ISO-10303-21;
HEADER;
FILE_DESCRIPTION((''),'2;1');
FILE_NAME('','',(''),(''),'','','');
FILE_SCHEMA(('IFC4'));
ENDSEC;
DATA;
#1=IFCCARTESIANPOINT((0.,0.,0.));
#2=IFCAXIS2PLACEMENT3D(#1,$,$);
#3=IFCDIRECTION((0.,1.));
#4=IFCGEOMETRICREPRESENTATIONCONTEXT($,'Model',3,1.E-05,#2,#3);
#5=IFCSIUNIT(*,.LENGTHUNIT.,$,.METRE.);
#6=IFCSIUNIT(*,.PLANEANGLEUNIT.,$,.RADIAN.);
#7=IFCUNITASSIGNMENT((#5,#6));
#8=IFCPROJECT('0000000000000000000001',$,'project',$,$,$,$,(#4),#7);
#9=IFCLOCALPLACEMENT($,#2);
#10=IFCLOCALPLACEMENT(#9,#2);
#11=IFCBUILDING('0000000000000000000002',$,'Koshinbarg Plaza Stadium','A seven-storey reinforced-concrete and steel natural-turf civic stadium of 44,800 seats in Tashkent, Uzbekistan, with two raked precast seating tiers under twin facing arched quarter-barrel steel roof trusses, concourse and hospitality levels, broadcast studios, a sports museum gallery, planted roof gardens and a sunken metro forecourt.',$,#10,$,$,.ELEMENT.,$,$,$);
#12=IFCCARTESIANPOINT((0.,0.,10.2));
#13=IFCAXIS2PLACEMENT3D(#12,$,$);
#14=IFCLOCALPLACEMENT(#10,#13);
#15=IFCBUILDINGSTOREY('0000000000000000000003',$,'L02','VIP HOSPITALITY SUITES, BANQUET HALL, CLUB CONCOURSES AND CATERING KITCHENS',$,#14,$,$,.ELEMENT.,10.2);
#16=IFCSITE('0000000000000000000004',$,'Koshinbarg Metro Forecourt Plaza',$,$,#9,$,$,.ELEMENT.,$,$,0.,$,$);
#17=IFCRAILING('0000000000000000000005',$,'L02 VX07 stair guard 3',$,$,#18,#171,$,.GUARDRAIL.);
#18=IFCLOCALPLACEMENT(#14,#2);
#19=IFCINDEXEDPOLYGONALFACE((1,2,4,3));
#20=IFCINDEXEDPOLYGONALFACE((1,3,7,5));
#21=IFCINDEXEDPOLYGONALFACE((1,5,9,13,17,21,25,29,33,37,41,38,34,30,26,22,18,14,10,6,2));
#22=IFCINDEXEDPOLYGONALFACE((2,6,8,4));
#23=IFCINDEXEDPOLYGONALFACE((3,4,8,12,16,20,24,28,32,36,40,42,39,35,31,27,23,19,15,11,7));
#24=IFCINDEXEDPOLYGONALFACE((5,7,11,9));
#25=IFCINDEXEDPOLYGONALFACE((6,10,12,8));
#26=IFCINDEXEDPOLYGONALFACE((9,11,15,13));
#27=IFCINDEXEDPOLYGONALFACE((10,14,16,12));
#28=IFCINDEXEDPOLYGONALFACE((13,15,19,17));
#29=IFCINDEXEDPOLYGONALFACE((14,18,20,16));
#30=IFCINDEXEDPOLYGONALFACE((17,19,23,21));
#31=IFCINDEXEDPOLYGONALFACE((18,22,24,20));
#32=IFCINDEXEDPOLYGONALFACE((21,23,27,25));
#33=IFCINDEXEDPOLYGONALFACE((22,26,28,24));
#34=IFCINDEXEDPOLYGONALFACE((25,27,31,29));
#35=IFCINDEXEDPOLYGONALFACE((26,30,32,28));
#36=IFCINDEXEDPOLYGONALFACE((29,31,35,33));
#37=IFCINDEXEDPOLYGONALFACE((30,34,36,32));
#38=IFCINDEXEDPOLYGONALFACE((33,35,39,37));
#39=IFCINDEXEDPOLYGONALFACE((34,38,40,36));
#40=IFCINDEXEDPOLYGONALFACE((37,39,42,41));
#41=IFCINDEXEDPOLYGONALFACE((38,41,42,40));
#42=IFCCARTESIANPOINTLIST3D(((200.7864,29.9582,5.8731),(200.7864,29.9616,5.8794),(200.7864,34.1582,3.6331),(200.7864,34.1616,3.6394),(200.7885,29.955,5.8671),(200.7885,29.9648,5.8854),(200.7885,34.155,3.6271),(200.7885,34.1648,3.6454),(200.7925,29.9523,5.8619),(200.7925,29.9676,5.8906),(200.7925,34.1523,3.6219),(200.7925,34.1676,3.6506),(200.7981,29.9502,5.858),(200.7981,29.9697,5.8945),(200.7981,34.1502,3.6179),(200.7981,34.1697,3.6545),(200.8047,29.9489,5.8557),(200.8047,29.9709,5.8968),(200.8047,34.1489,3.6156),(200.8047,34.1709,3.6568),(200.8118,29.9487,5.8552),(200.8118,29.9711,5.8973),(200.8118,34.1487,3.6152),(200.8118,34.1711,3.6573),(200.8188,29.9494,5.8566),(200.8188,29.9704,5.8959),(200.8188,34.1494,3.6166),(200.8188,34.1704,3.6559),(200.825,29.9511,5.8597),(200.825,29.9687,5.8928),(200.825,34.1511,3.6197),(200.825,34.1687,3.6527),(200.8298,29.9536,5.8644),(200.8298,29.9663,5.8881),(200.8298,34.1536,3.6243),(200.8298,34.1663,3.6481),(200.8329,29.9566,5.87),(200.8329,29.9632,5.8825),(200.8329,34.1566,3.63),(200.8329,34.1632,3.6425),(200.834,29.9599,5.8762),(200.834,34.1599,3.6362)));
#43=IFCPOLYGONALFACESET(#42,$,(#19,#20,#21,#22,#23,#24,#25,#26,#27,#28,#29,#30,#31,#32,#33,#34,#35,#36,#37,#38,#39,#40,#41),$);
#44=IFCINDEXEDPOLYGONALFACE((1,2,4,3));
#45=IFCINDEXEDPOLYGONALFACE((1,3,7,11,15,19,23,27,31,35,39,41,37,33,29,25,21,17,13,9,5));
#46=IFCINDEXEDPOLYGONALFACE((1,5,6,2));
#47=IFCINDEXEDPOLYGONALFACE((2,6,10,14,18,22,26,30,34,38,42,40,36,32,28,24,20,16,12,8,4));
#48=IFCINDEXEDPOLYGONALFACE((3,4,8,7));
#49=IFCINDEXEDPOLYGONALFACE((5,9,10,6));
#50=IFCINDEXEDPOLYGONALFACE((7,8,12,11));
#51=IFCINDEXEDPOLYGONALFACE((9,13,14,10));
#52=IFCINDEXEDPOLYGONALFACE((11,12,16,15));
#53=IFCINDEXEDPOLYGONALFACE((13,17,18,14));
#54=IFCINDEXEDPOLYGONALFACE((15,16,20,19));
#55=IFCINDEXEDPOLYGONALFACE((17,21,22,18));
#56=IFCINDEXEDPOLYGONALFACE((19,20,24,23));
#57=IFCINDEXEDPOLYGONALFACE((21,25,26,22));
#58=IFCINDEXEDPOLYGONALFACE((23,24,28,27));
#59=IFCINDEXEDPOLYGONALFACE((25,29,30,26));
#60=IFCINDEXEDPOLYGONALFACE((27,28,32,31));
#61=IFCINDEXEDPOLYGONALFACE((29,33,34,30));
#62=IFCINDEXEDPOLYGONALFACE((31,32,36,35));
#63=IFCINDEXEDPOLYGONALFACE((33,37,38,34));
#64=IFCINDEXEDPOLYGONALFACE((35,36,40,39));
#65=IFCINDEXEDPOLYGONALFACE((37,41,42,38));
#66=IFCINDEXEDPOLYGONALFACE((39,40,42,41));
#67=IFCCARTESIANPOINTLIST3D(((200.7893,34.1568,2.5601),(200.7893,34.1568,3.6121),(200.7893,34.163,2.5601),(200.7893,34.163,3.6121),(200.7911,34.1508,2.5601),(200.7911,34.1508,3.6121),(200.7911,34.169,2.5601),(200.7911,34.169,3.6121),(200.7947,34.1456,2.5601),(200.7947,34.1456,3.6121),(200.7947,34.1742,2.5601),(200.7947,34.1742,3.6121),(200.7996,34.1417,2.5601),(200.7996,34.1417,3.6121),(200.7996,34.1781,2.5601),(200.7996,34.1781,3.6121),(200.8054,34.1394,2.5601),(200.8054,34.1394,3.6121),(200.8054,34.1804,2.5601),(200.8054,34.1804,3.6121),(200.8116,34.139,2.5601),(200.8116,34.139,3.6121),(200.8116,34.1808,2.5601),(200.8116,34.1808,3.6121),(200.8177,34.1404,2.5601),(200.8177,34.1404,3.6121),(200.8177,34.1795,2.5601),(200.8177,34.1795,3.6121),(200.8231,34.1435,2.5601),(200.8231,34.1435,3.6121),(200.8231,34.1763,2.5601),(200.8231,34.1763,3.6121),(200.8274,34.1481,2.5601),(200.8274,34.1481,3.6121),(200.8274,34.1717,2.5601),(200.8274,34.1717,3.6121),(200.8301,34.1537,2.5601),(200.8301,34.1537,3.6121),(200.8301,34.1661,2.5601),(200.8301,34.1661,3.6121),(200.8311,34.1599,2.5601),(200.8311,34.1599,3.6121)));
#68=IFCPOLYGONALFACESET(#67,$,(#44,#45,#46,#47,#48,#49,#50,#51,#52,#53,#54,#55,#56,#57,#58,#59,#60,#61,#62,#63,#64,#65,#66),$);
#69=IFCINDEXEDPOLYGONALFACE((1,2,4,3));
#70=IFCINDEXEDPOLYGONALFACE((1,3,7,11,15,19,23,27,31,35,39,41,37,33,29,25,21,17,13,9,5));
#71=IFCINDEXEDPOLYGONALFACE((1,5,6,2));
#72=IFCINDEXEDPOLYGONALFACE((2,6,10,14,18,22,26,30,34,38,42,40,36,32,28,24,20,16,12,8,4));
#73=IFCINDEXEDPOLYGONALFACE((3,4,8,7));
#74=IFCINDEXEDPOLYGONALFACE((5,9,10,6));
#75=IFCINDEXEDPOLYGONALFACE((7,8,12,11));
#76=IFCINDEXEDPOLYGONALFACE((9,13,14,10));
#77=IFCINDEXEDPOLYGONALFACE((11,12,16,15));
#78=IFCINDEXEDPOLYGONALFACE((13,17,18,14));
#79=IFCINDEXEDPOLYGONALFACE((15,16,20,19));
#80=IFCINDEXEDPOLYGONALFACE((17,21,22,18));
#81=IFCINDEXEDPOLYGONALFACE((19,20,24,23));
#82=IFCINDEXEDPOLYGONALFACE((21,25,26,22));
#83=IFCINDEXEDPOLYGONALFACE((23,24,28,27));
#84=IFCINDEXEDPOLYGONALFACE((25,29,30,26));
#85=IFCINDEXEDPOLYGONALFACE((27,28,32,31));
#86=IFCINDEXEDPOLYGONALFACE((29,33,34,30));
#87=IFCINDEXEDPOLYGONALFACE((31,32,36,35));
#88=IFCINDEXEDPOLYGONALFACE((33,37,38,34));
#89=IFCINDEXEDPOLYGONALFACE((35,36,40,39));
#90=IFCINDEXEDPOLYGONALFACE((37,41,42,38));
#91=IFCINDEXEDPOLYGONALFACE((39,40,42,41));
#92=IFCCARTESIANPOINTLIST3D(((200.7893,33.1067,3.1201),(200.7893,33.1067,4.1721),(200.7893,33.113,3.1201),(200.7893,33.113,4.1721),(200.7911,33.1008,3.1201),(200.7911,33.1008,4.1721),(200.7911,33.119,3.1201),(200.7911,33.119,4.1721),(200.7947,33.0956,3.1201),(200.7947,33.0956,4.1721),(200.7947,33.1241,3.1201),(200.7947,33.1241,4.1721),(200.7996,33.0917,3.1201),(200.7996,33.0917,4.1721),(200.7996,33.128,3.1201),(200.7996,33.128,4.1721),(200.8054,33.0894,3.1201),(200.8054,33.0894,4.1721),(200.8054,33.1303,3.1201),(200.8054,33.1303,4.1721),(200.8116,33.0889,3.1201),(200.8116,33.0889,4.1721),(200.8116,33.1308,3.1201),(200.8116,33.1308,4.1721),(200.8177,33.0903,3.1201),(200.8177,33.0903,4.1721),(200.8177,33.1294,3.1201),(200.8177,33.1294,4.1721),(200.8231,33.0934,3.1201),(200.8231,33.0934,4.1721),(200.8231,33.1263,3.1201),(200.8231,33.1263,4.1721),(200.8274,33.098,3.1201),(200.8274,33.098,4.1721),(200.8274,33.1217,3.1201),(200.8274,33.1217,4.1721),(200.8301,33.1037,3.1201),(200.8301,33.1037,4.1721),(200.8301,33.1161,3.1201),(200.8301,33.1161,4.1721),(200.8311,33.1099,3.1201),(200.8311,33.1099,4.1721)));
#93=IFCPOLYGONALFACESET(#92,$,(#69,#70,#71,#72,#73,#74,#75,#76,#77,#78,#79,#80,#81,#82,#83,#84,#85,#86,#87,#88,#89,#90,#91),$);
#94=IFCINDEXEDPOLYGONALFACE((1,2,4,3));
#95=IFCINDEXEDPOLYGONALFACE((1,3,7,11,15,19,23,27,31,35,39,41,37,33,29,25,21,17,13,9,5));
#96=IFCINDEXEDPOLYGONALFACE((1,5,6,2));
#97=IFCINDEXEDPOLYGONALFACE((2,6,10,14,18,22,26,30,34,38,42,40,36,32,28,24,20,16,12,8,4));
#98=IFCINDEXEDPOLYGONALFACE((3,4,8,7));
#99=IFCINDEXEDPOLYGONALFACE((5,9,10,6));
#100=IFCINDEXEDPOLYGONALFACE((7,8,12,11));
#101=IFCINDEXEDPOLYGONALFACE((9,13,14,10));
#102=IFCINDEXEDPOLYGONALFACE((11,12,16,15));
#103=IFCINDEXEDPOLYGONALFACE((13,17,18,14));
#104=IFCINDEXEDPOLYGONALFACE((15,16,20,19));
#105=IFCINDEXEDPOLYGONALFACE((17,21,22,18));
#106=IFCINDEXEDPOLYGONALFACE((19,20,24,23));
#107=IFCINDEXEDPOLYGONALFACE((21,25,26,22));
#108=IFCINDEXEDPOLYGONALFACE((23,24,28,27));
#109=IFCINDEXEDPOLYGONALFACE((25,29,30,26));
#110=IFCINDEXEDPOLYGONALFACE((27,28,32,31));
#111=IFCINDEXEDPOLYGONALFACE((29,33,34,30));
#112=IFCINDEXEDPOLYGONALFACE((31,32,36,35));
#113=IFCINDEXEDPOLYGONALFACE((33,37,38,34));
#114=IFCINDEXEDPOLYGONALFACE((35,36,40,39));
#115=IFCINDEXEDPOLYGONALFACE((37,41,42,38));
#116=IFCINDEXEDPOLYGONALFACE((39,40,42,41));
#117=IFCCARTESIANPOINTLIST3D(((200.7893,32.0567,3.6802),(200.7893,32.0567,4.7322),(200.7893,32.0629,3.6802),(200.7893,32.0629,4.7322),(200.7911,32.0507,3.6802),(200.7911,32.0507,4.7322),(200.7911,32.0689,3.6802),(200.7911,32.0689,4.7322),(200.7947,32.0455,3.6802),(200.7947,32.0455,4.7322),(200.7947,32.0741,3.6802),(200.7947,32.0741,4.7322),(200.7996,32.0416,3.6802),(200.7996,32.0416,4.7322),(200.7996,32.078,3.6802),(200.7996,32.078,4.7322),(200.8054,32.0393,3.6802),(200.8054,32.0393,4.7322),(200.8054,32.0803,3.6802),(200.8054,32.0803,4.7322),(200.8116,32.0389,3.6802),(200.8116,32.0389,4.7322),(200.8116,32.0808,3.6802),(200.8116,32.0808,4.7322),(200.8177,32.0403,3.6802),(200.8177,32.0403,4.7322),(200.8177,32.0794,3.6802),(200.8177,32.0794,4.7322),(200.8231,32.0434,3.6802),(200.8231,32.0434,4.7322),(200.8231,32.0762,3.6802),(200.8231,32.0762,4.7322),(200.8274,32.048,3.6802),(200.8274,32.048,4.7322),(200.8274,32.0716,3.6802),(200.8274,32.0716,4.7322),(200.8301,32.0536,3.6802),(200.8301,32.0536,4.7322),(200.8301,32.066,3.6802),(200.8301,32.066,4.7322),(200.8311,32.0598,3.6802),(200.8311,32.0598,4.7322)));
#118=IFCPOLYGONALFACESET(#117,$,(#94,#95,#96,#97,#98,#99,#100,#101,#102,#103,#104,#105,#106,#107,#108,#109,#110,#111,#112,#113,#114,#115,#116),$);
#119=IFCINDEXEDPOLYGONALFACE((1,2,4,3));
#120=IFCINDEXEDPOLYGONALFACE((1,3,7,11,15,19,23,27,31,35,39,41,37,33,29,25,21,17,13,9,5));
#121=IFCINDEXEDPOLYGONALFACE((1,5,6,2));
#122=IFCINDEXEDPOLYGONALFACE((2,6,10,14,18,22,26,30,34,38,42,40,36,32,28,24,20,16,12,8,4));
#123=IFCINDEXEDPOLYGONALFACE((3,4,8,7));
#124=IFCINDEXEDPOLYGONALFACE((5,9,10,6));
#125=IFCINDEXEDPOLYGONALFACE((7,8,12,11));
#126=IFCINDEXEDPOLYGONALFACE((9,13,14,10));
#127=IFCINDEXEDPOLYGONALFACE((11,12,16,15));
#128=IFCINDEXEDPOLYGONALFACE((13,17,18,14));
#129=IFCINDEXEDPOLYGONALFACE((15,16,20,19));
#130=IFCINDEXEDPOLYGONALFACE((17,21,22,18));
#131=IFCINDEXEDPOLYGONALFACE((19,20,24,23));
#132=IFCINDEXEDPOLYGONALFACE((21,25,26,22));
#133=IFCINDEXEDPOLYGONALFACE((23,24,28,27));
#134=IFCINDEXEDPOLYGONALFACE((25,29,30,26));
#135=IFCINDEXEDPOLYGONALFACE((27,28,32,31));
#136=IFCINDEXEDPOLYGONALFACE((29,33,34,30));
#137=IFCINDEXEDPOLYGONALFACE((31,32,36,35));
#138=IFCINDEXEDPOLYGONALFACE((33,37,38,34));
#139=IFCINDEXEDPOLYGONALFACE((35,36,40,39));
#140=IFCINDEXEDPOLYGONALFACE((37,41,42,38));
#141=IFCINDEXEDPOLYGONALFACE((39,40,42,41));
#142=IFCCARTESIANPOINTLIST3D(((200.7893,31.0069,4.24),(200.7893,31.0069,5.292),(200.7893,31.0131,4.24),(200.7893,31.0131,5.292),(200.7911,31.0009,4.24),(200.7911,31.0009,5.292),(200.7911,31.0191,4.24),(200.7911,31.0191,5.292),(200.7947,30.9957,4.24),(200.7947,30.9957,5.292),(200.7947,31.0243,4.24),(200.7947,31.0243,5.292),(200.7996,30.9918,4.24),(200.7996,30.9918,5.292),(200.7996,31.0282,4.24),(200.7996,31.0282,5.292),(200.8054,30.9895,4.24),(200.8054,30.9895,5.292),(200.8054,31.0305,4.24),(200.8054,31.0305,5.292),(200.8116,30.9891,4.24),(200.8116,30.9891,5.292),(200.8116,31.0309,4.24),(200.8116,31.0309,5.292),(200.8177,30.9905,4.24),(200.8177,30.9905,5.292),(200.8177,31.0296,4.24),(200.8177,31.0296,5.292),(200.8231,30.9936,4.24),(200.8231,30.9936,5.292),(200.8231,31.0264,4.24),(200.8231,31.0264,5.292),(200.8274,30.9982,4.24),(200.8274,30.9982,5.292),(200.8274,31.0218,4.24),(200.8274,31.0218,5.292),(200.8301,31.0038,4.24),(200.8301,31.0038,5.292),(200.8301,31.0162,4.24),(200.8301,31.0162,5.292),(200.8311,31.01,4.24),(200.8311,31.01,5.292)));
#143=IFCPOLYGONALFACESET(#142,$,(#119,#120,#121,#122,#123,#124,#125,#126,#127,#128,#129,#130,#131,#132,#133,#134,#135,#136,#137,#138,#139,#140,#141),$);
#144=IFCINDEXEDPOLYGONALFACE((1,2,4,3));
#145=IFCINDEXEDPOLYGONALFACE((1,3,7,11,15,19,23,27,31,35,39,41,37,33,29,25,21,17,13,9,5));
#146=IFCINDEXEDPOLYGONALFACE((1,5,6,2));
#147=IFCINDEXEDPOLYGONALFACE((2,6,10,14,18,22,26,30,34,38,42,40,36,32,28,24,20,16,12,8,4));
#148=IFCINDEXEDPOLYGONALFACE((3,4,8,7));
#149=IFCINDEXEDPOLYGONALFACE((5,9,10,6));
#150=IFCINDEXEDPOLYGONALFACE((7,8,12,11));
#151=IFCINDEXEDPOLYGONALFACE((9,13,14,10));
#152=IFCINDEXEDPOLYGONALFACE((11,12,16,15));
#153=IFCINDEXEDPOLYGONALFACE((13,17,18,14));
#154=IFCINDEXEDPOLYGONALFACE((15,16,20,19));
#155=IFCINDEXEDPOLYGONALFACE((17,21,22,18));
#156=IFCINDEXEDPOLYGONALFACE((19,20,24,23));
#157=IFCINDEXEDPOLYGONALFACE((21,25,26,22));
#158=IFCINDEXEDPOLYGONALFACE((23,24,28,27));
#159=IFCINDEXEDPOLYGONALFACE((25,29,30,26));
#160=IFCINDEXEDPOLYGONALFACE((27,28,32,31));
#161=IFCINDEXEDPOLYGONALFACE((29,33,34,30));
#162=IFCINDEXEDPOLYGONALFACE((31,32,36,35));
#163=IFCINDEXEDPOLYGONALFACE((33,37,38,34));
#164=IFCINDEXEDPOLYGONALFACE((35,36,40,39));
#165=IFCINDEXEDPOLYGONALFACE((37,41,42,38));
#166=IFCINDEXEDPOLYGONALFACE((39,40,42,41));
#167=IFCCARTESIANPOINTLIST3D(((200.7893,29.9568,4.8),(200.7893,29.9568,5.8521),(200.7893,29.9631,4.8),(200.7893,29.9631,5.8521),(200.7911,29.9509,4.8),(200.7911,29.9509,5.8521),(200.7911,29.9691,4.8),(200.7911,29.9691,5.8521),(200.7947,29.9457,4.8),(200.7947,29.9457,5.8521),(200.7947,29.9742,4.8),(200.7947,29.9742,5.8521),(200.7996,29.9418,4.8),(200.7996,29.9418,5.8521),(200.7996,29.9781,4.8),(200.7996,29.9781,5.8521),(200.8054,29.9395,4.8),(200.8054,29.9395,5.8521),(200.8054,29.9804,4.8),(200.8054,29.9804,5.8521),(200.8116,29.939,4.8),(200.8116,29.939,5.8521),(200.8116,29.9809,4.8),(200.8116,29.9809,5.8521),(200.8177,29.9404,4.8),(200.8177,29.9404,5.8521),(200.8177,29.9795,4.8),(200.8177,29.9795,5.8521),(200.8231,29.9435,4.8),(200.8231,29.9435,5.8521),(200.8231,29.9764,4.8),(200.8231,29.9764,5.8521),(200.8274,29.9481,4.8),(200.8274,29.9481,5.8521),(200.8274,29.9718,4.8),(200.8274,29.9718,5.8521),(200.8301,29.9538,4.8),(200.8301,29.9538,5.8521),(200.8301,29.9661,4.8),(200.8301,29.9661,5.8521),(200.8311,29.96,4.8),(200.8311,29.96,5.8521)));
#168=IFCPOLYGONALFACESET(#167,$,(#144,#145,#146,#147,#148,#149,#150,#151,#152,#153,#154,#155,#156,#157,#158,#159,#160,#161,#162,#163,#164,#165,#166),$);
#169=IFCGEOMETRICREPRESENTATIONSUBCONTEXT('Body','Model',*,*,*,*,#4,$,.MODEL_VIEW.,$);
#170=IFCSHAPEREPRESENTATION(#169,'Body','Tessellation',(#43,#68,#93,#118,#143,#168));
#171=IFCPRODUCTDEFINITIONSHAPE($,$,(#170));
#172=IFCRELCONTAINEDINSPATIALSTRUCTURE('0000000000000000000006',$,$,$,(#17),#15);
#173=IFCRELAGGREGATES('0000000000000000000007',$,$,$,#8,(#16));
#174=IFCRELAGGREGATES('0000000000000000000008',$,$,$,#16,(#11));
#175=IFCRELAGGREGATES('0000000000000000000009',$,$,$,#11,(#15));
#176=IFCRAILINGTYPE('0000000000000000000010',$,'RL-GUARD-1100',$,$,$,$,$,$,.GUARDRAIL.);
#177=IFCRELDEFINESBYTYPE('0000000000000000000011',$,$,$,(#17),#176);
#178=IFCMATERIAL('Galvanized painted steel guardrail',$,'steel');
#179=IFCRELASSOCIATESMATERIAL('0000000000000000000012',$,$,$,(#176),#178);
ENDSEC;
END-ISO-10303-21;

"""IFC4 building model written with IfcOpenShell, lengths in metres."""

from ifc_helpers import new_model, si_unit, direction, frame, origin, origin_2d, place, context, subcontext, project, spatial, circle, extrude, material, type_object, element, save


model = new_model("IFC4")

# Units and contexts
model_context = context("Model", 3, precision=1e-05, world=origin(), true_north=direction((0.0, 1.0)))
body_context = subcontext(model_context, "Body", "Model", "MODEL_VIEW")
ifc_project = project(units=[si_unit("LENGTHUNIT", "METRE"), si_unit("PLANEANGLEUNIT", "RADIAN")], contexts=[model_context])

# Site, building, storey
site_placement = place(None, origin())
site = spatial("IfcSite", under=ifc_project, at=site_placement, Name="Koshinbarg Metro Forecourt Plaza", CompositionType="ELEMENT", RefElevation=0.0)
building_placement = place(site_placement, origin())
building = spatial("IfcBuilding", under=site, at=building_placement, Name="Koshinbarg Plaza Stadium", Description="A seven-storey reinforced-concrete and steel natural-turf civic stadium of 44,800 seats in Tashkent, Uzbekistan, with two raked precast seating tiers under twin facing arched quarter-barrel steel roof trusses, concourse and hospitality levels, broadcast studios, a sports museum gallery, planted roof gardens and a sunken metro forecourt.", CompositionType="ELEMENT")
storey_placement = place(building_placement, frame((0.0, 0.0, 10.2)))
storey = spatial("IfcBuildingStorey", under=building, at=storey_placement, Name="L02", Description="VIP HOSPITALITY SUITES, BANQUET HALL, CLUB CONCOURSES AND CATERING KITCHENS", CompositionType="ELEMENT", Elevation=10.2)

# Railing
ifc_material_1 = material(Name="Galvanized painted steel guardrail", Category="steel")
railing_type_1 = type_object("IfcRailingType", Name="RL-GUARD-1100", PredefinedType="GUARDRAIL", material=ifc_material_1)
for number, where, name in (
    (1, (200.8101, 34.1599, 2.5601), "L02 VX07 stair guard 3"),
):
    element("IfcRailing", number, at=place(storey_placement, frame(where)), inside=storey, type_object=railing_type_1, Name=name, PredefinedType="GUARDRAIL", context=body_context, shape_type="SweptSolid", body=[
        extrude(circle(Radius=0.0239, at=origin_2d()), frame((0.0, 0.0, 1.0762), z_axis=(0.0, -0.882352, 0.470591), x_axis=(1.0, 0.0, 0.0)), (0.0, 0.0, 1.0), 4.76),
        extrude(circle(Radius=0.021, at=origin_2d()), origin(), (0.0, 0.0, 1.0), 1.052),
        extrude(circle(Radius=0.021, at=origin_2d()), frame((0.0, -1.05, 0.5601)), (0.0, 0.0, 1.0), 1.052),
        extrude(circle(Radius=0.021, at=origin_2d()), frame((0.0, -2.1001, 1.1201)), (0.0, 0.0, 1.0), 1.052),
        extrude(circle(Radius=0.021, at=origin_2d()), frame((0.0, -3.1499, 1.6799)), (0.0, 0.0, 1.0), 1.052),
        extrude(circle(Radius=0.021, at=origin_2d()), frame((0.0, -4.2, 2.24)), (0.0, 0.0, 1.0), 1.052),
    ])

save(model, "model.ifc")
